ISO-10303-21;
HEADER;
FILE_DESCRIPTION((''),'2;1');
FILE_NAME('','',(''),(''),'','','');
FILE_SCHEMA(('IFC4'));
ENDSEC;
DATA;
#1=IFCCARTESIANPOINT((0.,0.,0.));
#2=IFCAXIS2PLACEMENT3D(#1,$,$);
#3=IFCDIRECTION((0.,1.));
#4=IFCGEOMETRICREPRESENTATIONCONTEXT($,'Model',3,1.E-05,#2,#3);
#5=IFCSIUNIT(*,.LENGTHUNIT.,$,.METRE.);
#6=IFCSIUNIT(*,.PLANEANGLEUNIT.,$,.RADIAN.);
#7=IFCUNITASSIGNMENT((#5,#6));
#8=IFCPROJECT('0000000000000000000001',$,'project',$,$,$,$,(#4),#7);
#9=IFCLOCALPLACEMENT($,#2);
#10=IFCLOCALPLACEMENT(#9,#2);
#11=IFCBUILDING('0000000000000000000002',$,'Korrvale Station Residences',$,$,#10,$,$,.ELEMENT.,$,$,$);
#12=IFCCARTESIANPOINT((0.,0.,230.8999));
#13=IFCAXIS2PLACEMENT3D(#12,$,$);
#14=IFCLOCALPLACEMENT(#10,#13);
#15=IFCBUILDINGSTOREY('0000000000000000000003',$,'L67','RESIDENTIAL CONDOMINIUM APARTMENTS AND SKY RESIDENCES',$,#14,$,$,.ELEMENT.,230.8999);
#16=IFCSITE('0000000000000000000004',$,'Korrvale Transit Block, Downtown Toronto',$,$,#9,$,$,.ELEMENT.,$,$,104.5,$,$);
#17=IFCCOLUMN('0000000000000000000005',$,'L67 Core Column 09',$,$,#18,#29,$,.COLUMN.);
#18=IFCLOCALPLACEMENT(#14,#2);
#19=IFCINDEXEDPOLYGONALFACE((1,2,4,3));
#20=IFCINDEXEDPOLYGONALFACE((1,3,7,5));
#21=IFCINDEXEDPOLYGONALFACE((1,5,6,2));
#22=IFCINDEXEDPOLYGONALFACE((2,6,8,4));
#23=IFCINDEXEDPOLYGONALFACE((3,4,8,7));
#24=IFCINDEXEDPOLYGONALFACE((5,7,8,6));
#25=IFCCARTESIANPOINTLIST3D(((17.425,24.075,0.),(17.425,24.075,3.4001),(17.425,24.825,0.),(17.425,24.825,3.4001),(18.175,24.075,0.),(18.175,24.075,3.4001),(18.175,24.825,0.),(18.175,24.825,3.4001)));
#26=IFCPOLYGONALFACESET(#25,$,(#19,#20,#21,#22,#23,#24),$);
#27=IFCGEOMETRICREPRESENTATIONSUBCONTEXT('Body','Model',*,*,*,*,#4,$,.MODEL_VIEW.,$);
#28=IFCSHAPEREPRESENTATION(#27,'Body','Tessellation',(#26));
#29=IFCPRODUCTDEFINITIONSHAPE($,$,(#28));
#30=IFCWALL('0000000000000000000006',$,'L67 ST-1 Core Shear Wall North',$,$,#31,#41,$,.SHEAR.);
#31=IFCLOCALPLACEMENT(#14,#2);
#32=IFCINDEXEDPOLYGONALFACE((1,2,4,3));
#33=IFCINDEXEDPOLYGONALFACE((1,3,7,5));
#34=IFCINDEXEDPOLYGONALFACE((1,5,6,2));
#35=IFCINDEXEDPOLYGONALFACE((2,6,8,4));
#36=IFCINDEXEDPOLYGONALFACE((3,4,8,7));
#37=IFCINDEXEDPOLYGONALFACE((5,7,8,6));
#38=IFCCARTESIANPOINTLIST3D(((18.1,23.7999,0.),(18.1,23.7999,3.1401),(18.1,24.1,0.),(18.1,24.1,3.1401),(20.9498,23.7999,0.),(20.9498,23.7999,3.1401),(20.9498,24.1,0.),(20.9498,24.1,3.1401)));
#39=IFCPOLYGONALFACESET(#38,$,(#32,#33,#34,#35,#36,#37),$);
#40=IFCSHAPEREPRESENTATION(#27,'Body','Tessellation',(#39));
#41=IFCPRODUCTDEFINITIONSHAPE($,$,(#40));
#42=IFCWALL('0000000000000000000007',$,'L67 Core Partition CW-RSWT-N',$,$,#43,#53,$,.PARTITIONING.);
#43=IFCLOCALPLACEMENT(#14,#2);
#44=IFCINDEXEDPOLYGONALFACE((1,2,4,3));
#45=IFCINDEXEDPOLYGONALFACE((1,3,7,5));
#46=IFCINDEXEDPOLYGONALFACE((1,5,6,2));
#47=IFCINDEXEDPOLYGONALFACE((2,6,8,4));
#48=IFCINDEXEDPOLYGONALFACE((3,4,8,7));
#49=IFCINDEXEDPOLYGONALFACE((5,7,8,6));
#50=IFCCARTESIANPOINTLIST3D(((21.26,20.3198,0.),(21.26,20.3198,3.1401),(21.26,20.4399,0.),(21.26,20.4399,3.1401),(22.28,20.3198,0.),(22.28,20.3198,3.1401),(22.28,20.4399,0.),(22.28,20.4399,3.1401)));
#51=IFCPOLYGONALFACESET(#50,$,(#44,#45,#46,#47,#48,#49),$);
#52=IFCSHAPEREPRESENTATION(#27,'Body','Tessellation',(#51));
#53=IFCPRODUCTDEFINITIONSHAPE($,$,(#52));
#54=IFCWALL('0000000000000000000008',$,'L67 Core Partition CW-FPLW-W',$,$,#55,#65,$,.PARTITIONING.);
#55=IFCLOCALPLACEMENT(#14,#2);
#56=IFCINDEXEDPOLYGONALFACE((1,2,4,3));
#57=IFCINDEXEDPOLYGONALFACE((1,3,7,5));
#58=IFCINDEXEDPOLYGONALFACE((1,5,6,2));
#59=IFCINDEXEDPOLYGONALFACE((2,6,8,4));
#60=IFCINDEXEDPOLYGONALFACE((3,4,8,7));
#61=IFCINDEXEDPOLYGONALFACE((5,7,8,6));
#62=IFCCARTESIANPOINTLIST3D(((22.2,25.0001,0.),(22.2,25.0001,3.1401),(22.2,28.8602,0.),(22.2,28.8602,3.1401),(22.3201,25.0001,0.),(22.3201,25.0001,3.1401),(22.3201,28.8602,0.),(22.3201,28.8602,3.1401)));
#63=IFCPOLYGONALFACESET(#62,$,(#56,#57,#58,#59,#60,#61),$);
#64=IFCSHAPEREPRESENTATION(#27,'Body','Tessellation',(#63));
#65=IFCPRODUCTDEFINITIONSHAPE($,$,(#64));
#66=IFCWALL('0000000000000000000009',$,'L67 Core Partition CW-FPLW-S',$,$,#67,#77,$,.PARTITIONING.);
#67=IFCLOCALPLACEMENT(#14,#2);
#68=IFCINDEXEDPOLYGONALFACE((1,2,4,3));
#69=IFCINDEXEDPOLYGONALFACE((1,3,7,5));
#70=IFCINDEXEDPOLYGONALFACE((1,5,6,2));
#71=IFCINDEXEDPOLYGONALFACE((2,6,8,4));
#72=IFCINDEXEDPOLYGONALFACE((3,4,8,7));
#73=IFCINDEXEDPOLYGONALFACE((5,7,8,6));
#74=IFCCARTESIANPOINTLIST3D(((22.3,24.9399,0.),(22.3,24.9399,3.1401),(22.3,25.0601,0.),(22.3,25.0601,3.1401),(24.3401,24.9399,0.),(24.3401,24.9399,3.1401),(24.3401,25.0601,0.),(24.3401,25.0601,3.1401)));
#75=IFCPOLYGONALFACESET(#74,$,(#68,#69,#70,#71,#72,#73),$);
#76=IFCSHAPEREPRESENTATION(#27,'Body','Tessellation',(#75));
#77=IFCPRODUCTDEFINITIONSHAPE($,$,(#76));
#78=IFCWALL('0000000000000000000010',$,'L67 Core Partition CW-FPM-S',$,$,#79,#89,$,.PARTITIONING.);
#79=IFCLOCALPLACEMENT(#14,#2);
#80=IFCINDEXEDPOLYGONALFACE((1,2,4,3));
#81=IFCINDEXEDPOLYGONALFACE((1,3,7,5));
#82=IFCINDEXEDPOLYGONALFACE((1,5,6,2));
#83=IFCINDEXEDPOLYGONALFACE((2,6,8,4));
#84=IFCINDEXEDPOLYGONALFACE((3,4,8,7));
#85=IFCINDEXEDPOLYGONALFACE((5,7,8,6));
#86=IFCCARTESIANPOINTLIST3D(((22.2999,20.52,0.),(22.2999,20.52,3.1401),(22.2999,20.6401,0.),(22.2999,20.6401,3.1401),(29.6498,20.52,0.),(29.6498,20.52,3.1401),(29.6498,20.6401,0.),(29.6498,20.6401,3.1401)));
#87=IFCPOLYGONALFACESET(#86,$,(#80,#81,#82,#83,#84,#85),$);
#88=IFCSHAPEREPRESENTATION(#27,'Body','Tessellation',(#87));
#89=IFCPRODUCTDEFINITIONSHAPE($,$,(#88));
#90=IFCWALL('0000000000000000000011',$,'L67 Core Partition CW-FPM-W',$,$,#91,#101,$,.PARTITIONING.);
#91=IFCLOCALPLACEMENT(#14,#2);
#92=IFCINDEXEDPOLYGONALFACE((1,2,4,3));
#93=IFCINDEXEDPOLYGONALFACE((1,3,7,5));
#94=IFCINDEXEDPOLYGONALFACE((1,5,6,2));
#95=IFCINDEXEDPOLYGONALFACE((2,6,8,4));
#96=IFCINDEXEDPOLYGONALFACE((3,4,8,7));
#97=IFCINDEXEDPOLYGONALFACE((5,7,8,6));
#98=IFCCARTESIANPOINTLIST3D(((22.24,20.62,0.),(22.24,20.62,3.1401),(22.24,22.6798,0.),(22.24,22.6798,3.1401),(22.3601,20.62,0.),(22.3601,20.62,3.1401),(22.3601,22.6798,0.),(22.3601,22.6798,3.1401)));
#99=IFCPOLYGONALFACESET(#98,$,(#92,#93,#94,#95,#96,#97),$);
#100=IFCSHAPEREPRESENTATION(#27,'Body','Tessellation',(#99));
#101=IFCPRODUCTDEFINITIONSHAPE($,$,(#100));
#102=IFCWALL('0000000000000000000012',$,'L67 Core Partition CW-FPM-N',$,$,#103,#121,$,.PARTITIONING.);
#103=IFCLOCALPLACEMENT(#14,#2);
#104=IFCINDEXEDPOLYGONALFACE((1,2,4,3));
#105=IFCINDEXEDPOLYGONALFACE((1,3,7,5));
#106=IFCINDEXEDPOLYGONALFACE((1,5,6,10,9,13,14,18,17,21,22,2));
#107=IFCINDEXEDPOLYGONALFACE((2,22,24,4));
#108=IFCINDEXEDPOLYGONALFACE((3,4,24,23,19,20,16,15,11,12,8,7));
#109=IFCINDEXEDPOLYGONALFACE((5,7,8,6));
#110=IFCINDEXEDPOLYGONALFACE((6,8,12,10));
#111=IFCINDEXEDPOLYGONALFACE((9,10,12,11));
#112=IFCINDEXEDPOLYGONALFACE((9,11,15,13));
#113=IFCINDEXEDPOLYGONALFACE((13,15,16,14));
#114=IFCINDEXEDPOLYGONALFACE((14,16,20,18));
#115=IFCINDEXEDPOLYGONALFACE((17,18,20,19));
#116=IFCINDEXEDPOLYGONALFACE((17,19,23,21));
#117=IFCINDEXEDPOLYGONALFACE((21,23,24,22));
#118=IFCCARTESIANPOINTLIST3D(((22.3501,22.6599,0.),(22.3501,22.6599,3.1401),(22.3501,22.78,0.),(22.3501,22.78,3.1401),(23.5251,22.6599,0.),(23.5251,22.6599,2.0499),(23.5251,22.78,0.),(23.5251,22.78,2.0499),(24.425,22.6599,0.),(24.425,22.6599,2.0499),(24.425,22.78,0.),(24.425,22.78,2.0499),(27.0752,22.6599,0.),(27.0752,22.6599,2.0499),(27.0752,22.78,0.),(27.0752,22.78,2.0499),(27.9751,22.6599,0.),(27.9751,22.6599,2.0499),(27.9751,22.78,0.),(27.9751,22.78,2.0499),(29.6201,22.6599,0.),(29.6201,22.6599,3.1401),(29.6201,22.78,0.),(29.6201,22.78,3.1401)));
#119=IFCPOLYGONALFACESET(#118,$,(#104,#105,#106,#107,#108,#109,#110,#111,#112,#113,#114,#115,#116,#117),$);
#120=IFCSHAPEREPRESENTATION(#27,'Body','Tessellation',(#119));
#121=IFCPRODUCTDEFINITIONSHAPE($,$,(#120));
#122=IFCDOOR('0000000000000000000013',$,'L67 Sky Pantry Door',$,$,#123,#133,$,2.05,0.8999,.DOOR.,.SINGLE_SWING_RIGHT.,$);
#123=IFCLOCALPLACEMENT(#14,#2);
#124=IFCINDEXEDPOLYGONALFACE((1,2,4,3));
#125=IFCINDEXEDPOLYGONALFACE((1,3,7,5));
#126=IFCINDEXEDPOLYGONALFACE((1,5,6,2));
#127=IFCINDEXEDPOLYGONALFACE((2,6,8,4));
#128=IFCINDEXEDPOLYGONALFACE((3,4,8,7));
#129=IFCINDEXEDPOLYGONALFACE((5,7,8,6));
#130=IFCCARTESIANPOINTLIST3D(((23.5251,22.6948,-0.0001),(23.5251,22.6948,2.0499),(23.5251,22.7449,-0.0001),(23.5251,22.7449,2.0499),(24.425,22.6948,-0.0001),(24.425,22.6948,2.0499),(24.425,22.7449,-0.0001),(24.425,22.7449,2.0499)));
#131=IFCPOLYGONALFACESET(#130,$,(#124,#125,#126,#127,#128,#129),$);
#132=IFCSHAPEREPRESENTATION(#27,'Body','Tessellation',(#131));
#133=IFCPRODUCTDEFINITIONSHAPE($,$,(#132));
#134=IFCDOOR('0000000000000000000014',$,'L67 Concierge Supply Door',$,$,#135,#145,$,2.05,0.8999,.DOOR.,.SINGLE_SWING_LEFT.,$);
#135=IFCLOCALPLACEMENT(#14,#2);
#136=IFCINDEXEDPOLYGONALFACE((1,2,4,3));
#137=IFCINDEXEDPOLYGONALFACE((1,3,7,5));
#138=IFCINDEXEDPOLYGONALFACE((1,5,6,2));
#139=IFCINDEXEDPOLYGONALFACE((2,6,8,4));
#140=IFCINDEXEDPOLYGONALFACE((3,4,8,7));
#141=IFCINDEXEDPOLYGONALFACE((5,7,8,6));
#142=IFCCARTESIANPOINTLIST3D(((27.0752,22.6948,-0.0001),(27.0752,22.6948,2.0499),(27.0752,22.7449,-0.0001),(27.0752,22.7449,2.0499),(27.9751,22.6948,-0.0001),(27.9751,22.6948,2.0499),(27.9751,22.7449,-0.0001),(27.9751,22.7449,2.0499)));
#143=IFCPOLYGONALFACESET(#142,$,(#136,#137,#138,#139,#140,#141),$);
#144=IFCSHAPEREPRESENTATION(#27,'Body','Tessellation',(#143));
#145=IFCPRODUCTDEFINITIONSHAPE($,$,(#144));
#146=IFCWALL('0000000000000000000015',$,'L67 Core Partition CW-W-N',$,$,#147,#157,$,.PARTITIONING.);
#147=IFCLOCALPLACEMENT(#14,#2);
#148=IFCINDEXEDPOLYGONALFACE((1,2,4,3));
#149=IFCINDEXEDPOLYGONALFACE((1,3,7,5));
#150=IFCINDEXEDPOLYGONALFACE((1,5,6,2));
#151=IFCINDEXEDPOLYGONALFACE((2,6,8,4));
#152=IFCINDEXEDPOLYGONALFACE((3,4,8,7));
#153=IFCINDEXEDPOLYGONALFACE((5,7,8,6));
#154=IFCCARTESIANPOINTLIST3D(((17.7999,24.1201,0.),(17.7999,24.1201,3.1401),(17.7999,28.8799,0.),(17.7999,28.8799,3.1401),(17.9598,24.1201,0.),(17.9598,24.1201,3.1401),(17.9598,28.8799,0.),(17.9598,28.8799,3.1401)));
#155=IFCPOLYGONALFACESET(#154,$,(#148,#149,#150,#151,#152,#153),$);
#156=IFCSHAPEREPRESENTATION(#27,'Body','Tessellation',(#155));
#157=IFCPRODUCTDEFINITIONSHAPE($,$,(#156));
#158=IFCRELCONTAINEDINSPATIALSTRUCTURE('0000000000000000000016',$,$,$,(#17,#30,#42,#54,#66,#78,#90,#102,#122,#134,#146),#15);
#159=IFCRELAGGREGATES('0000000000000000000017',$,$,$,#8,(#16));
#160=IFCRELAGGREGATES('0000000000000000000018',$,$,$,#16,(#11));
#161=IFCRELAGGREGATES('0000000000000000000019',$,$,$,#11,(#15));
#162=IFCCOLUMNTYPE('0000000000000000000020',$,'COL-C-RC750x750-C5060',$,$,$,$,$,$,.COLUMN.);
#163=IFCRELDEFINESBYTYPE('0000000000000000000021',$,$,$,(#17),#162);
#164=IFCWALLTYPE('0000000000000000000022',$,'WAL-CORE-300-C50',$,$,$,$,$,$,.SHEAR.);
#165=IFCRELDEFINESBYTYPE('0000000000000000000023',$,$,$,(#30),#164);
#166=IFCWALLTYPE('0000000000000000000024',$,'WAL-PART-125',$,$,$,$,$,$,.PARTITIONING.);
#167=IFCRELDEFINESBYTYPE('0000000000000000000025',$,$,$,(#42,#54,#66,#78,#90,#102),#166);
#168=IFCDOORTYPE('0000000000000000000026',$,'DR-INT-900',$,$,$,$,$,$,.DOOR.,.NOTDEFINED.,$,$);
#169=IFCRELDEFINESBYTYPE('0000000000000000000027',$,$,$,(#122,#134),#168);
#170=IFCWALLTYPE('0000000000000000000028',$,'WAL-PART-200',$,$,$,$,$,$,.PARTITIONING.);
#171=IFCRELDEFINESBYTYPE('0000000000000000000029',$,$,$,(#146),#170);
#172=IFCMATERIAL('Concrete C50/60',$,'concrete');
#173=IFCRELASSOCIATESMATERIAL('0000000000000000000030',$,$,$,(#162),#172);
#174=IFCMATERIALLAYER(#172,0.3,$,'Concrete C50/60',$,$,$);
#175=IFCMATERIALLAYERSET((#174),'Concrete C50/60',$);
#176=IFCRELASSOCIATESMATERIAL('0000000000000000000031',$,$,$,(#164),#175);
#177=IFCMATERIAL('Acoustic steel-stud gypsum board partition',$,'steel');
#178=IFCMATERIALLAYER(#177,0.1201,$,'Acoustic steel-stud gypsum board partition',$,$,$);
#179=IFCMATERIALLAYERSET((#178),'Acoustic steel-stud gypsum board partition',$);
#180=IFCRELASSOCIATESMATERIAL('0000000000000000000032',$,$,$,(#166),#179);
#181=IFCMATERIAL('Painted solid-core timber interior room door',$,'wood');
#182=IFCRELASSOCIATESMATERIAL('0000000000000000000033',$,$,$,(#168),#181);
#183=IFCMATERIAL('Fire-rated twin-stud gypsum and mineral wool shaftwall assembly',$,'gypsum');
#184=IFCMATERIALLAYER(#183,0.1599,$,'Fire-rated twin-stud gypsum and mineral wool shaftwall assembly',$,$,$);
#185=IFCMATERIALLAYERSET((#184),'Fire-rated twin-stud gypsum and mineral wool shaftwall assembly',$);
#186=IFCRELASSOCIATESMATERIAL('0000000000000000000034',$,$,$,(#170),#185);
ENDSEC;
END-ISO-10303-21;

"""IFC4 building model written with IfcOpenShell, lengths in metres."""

from ifc_helpers import new_model, si_unit, direction, frame, frame_2d, origin, origin_2d, place, context, subcontext, project, spatial, rectangle, extrude, material, layer, layer_set, material_profile, profile_set, type_object, element, fill, save


model = new_model("IFC4")

# Units and contexts
model_context = context("Model", 3, precision=1e-05, world=origin(), true_north=direction((0.0, 1.0)))
body_context = subcontext(model_context, "Body", "Model", "MODEL_VIEW")
ifc_project = project(units=[si_unit("LENGTHUNIT", "METRE"), si_unit("PLANEANGLEUNIT", "RADIAN")], contexts=[model_context])

# Site, building, storey
site_placement = place(None, origin())
site = spatial("IfcSite", under=ifc_project, at=site_placement, Name="Korrvale Transit Block, Downtown Toronto", CompositionType="ELEMENT", RefElevation=104.5)
building_placement = place(site_placement, origin())
building = spatial("IfcBuilding", under=site, at=building_placement, Name="Korrvale Station Residences", CompositionType="ELEMENT")
storey_placement = place(building_placement, frame((0.0, 0.0, 230.8999)))
storey = spatial("IfcBuildingStorey", under=building, at=storey_placement, Name="L67", Description="RESIDENTIAL CONDOMINIUM APARTMENTS AND SKY RESIDENCES", CompositionType="ELEMENT", Elevation=230.8999)

# Column
ifc_material_1 = material(Name="Concrete C50/60", Category="concrete")
ifc_material_profile = material_profile(ifc_material_1, rectangle(XDim=0.75, YDim=0.75, at=origin_2d()), Name="RC750x750")
ifc_profile_set = profile_set([ifc_material_profile], Name="Concrete C50/60")
column_type = type_object("IfcColumnType", Name="COL-C-RC750x750-C5060", PredefinedType="COLUMN", material=ifc_profile_set)
column_placement = place(storey_placement, frame((17.8, 24.45, 0.0), z_axis=(0.0, 0.0, 1.0), x_axis=(1.0, 0.0, 0.0)))
element("IfcColumn", 1, at=column_placement, inside=storey, type_object=column_type, Name="L67 Core Column 09", PredefinedType="COLUMN", context=body_context, shape_type="SweptSolid", body=[
    extrude(rectangle(XDim=0.75, YDim=0.75, at=origin_2d()), origin(), (0.0, 0.0, 1.0), 3.4001),
])

# Walls
ifc_layer_1 = layer(ifc_material_1, 0.3, Name="Concrete C50/60")
ifc_layer_set_1 = layer_set([ifc_layer_1], Name="Concrete C50/60")
wall_type_1 = type_object("IfcWallType", Name="WAL-CORE-300-C50", PredefinedType="SHEAR", material=ifc_layer_set_1)
wall_1_placement = place(storey_placement, frame((18.1001, 23.95, 0.0), z_axis=(0.0, 0.0, 1.0), x_axis=(1.0, 0.0, 0.0)))
element("IfcWall", 2, at=wall_1_placement, inside=storey, type_object=wall_type_1, Name="L67 ST-1 Core Shear Wall North", PredefinedType="SHEAR", context=body_context, shape_type="SweptSolid", body=[
    extrude(rectangle(XDim=2.8499, YDim=0.3, at=frame_2d((1.4248, 0.0))), origin(), (0.0, 0.0, 1.0), 3.1401),
])
ifc_material_2 = material(Name="Acoustic steel-stud gypsum board partition", Category="steel")
ifc_layer_2 = layer(ifc_material_2, 0.1201, Name="Acoustic steel-stud gypsum board partition")
ifc_layer_set_2 = layer_set([ifc_layer_2], Name="Acoustic steel-stud gypsum board partition")
wall_type_2 = type_object("IfcWallType", Name="WAL-PART-125", PredefinedType="PARTITIONING", material=ifc_layer_set_2)
wall_2_placement = place(storey_placement, frame((22.28, 20.3799, 0.0), z_axis=(0.0, 0.0, 1.0), x_axis=(-1.0, 0.0, 0.0)))
element("IfcWall", 3, at=wall_2_placement, inside=storey, type_object=wall_type_2, Name="L67 Core Partition CW-RSWT-N", PredefinedType="PARTITIONING", context=body_context, shape_type="SweptSolid", body=[
    extrude(rectangle(XDim=1.02, YDim=0.1201, at=frame_2d((0.51, 0.0))), origin(), (0.0, 0.0, 1.0), 3.1401),
])
wall_3_placement = place(storey_placement, frame((22.26, 25.0, 0.0), z_axis=(0.0, 0.0, 1.0), x_axis=(0.0, 1.0, 0.0)))
element("IfcWall", 4, at=wall_3_placement, inside=storey, type_object=wall_type_2, Name="L67 Core Partition CW-FPLW-W", PredefinedType="PARTITIONING", context=body_context, shape_type="SweptSolid", body=[
    extrude(rectangle(XDim=3.8601, YDim=0.1201, at=frame_2d((1.9302, 0.0))), origin(), (0.0, 0.0, 1.0), 3.1401),
])
wall_4_placement = place(storey_placement, frame((22.3, 25.0, 0.0), z_axis=(0.0, 0.0, 1.0), x_axis=(1.0, 0.0, 0.0)))
element("IfcWall", 5, at=wall_4_placement, inside=storey, type_object=wall_type_2, Name="L67 Core Partition CW-FPLW-S", PredefinedType="PARTITIONING", context=body_context, shape_type="SweptSolid", body=[
    extrude(rectangle(XDim=2.04, YDim=0.1201, at=frame_2d((1.02, 0.0))), origin(), (0.0, 0.0, 1.0), 3.1401),
])
wall_5_placement = place(storey_placement, frame((22.3, 20.5801, 0.0), z_axis=(0.0, 0.0, 1.0), x_axis=(1.0, 0.0, 0.0)))
element("IfcWall", 6, at=wall_5_placement, inside=storey, type_object=wall_type_2, Name="L67 Core Partition CW-FPM-S", PredefinedType="PARTITIONING", context=body_context, shape_type="SweptSolid", body=[
    extrude(rectangle(XDim=7.3499, YDim=0.1201, at=frame_2d((3.6748, 0.0))), origin(), (0.0, 0.0, 1.0), 3.1401),
])
wall_6_placement = place(storey_placement, frame((22.3, 20.6201, 0.0), z_axis=(0.0, 0.0, 1.0), x_axis=(0.0, 1.0, 0.0)))
element("IfcWall", 7, at=wall_6_placement, inside=storey, type_object=wall_type_2, Name="L67 Core Partition CW-FPM-W", PredefinedType="PARTITIONING", context=body_context, shape_type="SweptSolid", body=[
    extrude(rectangle(XDim=2.0598, YDim=0.1201, at=frame_2d((1.0298, 0.0))), origin(), (0.0, 0.0, 1.0), 3.1401),
])

# Wall, openings, doors
wall_7_placement = place(storey_placement, frame((22.3501, 22.72, 0.0), z_axis=(0.0, 0.0, 1.0), x_axis=(1.0, 0.0, 0.0)))
wall_7 = element("IfcWall", 8, at=wall_7_placement, inside=storey, type_object=wall_type_2, Name="L67 Core Partition CW-FPM-N", PredefinedType="PARTITIONING", context=body_context, shape_type="SweptSolid", body=[
    extrude(rectangle(XDim=7.27, YDim=0.1201, at=frame_2d((3.635, 0.0))), origin(), (0.0, 0.0, 1.0), 3.1401),
])
opening_1_placement = place(wall_7_placement, frame((1.175, 0.0, 0.0)))
opening_1 = element("IfcOpeningElement", 9, at=opening_1_placement, cuts=wall_7, PredefinedType="OPENING", context=body_context, shape_type="SweptSolid", body=[
    extrude(rectangle(XDim=0.8999, YDim=2.05, at=frame_2d((0.45, 1.0249))), frame((0.0, 0.0701, 0.0), z_axis=(0.0, -1.0, 0.0), x_axis=(1.0, 0.0, 0.0)), (0.0, 0.0, 1.0), 0.1401),
])
opening_2_placement = place(wall_7_placement, frame((4.7251, 0.0, 0.0)))
opening_2 = element("IfcOpeningElement", 10, at=opening_2_placement, cuts=wall_7, PredefinedType="OPENING", context=body_context, shape_type="SweptSolid", body=[
    extrude(rectangle(XDim=0.8999, YDim=2.05, at=frame_2d((0.45, 1.0249))), frame((0.0, 0.0701, 0.0), z_axis=(0.0, -1.0, 0.0), x_axis=(1.0, 0.0, 0.0)), (0.0, 0.0, 1.0), 0.1401),
])
ifc_material_3 = material(Name="Painted solid-core timber interior room door", Category="wood")
door_type_1 = type_object("IfcDoorType", Name="DR-INT-900", OperationType="NOTDEFINED", PredefinedType="DOOR", material=ifc_material_3)
door_1_placement = place(opening_1_placement, origin())
door_1 = element("IfcDoor", 11, at=door_1_placement, inside=storey, type_object=door_type_1, Name="L67 Sky Pantry Door", OperationType="SINGLE_SWING_RIGHT", OverallHeight=2.05, OverallWidth=0.8999, PredefinedType="DOOR", context=body_context, shape_type="SweptSolid", body=[
    extrude(rectangle(XDim=0.8999, YDim=2.05, at=frame_2d((0.45, 1.0249))), frame((0.0, 0.0249, 0.0), z_axis=(0.0, -1.0, 0.0), x_axis=(1.0, 0.0, 0.0)), (0.0, 0.0, 1.0), 0.05),
])
fill(opening_1, door_1)
door_2_placement = place(opening_2_placement, origin())
door_2 = element("IfcDoor", 12, at=door_2_placement, inside=storey, type_object=door_type_1, Name="L67 Concierge Supply Door", OperationType="SINGLE_SWING_LEFT", OverallHeight=2.05, OverallWidth=0.8999, PredefinedType="DOOR", context=body_context, shape_type="SweptSolid", body=[
    extrude(rectangle(XDim=0.8999, YDim=2.05, at=frame_2d((0.45, 1.0249))), frame((0.0, 0.0249, 0.0), z_axis=(0.0, -1.0, 0.0), x_axis=(1.0, 0.0, 0.0)), (0.0, 0.0, 1.0), 0.05),
])
fill(opening_2, door_2)

# Wall
ifc_material_4 = material(Name="Fire-rated twin-stud gypsum and mineral wool shaftwall assembly", Category="gypsum")
ifc_layer_3 = layer(ifc_material_4, 0.1599, Name="Fire-rated twin-stud gypsum and mineral wool shaftwall assembly")
ifc_layer_set_3 = layer_set([ifc_layer_3], Name="Fire-rated twin-stud gypsum and mineral wool shaftwall assembly")
wall_type_3 = type_object("IfcWallType", Name="WAL-PART-200", PredefinedType="PARTITIONING", material=ifc_layer_set_3)
wall_8_placement = place(storey_placement, frame((17.8799, 24.1201, 0.0), z_axis=(0.0, 0.0, 1.0), x_axis=(0.0, 1.0, 0.0)))
element("IfcWall", 13, at=wall_8_placement, inside=storey, type_object=wall_type_3, Name="L67 Core Partition CW-W-N", PredefinedType="PARTITIONING", context=body_context, shape_type="SweptSolid", body=[
    extrude(rectangle(XDim=4.7598, YDim=0.1599, at=frame_2d((2.3799, 0.0))), origin(), (0.0, 0.0, 1.0), 3.1401),
])

save(model, "model.ifc")
